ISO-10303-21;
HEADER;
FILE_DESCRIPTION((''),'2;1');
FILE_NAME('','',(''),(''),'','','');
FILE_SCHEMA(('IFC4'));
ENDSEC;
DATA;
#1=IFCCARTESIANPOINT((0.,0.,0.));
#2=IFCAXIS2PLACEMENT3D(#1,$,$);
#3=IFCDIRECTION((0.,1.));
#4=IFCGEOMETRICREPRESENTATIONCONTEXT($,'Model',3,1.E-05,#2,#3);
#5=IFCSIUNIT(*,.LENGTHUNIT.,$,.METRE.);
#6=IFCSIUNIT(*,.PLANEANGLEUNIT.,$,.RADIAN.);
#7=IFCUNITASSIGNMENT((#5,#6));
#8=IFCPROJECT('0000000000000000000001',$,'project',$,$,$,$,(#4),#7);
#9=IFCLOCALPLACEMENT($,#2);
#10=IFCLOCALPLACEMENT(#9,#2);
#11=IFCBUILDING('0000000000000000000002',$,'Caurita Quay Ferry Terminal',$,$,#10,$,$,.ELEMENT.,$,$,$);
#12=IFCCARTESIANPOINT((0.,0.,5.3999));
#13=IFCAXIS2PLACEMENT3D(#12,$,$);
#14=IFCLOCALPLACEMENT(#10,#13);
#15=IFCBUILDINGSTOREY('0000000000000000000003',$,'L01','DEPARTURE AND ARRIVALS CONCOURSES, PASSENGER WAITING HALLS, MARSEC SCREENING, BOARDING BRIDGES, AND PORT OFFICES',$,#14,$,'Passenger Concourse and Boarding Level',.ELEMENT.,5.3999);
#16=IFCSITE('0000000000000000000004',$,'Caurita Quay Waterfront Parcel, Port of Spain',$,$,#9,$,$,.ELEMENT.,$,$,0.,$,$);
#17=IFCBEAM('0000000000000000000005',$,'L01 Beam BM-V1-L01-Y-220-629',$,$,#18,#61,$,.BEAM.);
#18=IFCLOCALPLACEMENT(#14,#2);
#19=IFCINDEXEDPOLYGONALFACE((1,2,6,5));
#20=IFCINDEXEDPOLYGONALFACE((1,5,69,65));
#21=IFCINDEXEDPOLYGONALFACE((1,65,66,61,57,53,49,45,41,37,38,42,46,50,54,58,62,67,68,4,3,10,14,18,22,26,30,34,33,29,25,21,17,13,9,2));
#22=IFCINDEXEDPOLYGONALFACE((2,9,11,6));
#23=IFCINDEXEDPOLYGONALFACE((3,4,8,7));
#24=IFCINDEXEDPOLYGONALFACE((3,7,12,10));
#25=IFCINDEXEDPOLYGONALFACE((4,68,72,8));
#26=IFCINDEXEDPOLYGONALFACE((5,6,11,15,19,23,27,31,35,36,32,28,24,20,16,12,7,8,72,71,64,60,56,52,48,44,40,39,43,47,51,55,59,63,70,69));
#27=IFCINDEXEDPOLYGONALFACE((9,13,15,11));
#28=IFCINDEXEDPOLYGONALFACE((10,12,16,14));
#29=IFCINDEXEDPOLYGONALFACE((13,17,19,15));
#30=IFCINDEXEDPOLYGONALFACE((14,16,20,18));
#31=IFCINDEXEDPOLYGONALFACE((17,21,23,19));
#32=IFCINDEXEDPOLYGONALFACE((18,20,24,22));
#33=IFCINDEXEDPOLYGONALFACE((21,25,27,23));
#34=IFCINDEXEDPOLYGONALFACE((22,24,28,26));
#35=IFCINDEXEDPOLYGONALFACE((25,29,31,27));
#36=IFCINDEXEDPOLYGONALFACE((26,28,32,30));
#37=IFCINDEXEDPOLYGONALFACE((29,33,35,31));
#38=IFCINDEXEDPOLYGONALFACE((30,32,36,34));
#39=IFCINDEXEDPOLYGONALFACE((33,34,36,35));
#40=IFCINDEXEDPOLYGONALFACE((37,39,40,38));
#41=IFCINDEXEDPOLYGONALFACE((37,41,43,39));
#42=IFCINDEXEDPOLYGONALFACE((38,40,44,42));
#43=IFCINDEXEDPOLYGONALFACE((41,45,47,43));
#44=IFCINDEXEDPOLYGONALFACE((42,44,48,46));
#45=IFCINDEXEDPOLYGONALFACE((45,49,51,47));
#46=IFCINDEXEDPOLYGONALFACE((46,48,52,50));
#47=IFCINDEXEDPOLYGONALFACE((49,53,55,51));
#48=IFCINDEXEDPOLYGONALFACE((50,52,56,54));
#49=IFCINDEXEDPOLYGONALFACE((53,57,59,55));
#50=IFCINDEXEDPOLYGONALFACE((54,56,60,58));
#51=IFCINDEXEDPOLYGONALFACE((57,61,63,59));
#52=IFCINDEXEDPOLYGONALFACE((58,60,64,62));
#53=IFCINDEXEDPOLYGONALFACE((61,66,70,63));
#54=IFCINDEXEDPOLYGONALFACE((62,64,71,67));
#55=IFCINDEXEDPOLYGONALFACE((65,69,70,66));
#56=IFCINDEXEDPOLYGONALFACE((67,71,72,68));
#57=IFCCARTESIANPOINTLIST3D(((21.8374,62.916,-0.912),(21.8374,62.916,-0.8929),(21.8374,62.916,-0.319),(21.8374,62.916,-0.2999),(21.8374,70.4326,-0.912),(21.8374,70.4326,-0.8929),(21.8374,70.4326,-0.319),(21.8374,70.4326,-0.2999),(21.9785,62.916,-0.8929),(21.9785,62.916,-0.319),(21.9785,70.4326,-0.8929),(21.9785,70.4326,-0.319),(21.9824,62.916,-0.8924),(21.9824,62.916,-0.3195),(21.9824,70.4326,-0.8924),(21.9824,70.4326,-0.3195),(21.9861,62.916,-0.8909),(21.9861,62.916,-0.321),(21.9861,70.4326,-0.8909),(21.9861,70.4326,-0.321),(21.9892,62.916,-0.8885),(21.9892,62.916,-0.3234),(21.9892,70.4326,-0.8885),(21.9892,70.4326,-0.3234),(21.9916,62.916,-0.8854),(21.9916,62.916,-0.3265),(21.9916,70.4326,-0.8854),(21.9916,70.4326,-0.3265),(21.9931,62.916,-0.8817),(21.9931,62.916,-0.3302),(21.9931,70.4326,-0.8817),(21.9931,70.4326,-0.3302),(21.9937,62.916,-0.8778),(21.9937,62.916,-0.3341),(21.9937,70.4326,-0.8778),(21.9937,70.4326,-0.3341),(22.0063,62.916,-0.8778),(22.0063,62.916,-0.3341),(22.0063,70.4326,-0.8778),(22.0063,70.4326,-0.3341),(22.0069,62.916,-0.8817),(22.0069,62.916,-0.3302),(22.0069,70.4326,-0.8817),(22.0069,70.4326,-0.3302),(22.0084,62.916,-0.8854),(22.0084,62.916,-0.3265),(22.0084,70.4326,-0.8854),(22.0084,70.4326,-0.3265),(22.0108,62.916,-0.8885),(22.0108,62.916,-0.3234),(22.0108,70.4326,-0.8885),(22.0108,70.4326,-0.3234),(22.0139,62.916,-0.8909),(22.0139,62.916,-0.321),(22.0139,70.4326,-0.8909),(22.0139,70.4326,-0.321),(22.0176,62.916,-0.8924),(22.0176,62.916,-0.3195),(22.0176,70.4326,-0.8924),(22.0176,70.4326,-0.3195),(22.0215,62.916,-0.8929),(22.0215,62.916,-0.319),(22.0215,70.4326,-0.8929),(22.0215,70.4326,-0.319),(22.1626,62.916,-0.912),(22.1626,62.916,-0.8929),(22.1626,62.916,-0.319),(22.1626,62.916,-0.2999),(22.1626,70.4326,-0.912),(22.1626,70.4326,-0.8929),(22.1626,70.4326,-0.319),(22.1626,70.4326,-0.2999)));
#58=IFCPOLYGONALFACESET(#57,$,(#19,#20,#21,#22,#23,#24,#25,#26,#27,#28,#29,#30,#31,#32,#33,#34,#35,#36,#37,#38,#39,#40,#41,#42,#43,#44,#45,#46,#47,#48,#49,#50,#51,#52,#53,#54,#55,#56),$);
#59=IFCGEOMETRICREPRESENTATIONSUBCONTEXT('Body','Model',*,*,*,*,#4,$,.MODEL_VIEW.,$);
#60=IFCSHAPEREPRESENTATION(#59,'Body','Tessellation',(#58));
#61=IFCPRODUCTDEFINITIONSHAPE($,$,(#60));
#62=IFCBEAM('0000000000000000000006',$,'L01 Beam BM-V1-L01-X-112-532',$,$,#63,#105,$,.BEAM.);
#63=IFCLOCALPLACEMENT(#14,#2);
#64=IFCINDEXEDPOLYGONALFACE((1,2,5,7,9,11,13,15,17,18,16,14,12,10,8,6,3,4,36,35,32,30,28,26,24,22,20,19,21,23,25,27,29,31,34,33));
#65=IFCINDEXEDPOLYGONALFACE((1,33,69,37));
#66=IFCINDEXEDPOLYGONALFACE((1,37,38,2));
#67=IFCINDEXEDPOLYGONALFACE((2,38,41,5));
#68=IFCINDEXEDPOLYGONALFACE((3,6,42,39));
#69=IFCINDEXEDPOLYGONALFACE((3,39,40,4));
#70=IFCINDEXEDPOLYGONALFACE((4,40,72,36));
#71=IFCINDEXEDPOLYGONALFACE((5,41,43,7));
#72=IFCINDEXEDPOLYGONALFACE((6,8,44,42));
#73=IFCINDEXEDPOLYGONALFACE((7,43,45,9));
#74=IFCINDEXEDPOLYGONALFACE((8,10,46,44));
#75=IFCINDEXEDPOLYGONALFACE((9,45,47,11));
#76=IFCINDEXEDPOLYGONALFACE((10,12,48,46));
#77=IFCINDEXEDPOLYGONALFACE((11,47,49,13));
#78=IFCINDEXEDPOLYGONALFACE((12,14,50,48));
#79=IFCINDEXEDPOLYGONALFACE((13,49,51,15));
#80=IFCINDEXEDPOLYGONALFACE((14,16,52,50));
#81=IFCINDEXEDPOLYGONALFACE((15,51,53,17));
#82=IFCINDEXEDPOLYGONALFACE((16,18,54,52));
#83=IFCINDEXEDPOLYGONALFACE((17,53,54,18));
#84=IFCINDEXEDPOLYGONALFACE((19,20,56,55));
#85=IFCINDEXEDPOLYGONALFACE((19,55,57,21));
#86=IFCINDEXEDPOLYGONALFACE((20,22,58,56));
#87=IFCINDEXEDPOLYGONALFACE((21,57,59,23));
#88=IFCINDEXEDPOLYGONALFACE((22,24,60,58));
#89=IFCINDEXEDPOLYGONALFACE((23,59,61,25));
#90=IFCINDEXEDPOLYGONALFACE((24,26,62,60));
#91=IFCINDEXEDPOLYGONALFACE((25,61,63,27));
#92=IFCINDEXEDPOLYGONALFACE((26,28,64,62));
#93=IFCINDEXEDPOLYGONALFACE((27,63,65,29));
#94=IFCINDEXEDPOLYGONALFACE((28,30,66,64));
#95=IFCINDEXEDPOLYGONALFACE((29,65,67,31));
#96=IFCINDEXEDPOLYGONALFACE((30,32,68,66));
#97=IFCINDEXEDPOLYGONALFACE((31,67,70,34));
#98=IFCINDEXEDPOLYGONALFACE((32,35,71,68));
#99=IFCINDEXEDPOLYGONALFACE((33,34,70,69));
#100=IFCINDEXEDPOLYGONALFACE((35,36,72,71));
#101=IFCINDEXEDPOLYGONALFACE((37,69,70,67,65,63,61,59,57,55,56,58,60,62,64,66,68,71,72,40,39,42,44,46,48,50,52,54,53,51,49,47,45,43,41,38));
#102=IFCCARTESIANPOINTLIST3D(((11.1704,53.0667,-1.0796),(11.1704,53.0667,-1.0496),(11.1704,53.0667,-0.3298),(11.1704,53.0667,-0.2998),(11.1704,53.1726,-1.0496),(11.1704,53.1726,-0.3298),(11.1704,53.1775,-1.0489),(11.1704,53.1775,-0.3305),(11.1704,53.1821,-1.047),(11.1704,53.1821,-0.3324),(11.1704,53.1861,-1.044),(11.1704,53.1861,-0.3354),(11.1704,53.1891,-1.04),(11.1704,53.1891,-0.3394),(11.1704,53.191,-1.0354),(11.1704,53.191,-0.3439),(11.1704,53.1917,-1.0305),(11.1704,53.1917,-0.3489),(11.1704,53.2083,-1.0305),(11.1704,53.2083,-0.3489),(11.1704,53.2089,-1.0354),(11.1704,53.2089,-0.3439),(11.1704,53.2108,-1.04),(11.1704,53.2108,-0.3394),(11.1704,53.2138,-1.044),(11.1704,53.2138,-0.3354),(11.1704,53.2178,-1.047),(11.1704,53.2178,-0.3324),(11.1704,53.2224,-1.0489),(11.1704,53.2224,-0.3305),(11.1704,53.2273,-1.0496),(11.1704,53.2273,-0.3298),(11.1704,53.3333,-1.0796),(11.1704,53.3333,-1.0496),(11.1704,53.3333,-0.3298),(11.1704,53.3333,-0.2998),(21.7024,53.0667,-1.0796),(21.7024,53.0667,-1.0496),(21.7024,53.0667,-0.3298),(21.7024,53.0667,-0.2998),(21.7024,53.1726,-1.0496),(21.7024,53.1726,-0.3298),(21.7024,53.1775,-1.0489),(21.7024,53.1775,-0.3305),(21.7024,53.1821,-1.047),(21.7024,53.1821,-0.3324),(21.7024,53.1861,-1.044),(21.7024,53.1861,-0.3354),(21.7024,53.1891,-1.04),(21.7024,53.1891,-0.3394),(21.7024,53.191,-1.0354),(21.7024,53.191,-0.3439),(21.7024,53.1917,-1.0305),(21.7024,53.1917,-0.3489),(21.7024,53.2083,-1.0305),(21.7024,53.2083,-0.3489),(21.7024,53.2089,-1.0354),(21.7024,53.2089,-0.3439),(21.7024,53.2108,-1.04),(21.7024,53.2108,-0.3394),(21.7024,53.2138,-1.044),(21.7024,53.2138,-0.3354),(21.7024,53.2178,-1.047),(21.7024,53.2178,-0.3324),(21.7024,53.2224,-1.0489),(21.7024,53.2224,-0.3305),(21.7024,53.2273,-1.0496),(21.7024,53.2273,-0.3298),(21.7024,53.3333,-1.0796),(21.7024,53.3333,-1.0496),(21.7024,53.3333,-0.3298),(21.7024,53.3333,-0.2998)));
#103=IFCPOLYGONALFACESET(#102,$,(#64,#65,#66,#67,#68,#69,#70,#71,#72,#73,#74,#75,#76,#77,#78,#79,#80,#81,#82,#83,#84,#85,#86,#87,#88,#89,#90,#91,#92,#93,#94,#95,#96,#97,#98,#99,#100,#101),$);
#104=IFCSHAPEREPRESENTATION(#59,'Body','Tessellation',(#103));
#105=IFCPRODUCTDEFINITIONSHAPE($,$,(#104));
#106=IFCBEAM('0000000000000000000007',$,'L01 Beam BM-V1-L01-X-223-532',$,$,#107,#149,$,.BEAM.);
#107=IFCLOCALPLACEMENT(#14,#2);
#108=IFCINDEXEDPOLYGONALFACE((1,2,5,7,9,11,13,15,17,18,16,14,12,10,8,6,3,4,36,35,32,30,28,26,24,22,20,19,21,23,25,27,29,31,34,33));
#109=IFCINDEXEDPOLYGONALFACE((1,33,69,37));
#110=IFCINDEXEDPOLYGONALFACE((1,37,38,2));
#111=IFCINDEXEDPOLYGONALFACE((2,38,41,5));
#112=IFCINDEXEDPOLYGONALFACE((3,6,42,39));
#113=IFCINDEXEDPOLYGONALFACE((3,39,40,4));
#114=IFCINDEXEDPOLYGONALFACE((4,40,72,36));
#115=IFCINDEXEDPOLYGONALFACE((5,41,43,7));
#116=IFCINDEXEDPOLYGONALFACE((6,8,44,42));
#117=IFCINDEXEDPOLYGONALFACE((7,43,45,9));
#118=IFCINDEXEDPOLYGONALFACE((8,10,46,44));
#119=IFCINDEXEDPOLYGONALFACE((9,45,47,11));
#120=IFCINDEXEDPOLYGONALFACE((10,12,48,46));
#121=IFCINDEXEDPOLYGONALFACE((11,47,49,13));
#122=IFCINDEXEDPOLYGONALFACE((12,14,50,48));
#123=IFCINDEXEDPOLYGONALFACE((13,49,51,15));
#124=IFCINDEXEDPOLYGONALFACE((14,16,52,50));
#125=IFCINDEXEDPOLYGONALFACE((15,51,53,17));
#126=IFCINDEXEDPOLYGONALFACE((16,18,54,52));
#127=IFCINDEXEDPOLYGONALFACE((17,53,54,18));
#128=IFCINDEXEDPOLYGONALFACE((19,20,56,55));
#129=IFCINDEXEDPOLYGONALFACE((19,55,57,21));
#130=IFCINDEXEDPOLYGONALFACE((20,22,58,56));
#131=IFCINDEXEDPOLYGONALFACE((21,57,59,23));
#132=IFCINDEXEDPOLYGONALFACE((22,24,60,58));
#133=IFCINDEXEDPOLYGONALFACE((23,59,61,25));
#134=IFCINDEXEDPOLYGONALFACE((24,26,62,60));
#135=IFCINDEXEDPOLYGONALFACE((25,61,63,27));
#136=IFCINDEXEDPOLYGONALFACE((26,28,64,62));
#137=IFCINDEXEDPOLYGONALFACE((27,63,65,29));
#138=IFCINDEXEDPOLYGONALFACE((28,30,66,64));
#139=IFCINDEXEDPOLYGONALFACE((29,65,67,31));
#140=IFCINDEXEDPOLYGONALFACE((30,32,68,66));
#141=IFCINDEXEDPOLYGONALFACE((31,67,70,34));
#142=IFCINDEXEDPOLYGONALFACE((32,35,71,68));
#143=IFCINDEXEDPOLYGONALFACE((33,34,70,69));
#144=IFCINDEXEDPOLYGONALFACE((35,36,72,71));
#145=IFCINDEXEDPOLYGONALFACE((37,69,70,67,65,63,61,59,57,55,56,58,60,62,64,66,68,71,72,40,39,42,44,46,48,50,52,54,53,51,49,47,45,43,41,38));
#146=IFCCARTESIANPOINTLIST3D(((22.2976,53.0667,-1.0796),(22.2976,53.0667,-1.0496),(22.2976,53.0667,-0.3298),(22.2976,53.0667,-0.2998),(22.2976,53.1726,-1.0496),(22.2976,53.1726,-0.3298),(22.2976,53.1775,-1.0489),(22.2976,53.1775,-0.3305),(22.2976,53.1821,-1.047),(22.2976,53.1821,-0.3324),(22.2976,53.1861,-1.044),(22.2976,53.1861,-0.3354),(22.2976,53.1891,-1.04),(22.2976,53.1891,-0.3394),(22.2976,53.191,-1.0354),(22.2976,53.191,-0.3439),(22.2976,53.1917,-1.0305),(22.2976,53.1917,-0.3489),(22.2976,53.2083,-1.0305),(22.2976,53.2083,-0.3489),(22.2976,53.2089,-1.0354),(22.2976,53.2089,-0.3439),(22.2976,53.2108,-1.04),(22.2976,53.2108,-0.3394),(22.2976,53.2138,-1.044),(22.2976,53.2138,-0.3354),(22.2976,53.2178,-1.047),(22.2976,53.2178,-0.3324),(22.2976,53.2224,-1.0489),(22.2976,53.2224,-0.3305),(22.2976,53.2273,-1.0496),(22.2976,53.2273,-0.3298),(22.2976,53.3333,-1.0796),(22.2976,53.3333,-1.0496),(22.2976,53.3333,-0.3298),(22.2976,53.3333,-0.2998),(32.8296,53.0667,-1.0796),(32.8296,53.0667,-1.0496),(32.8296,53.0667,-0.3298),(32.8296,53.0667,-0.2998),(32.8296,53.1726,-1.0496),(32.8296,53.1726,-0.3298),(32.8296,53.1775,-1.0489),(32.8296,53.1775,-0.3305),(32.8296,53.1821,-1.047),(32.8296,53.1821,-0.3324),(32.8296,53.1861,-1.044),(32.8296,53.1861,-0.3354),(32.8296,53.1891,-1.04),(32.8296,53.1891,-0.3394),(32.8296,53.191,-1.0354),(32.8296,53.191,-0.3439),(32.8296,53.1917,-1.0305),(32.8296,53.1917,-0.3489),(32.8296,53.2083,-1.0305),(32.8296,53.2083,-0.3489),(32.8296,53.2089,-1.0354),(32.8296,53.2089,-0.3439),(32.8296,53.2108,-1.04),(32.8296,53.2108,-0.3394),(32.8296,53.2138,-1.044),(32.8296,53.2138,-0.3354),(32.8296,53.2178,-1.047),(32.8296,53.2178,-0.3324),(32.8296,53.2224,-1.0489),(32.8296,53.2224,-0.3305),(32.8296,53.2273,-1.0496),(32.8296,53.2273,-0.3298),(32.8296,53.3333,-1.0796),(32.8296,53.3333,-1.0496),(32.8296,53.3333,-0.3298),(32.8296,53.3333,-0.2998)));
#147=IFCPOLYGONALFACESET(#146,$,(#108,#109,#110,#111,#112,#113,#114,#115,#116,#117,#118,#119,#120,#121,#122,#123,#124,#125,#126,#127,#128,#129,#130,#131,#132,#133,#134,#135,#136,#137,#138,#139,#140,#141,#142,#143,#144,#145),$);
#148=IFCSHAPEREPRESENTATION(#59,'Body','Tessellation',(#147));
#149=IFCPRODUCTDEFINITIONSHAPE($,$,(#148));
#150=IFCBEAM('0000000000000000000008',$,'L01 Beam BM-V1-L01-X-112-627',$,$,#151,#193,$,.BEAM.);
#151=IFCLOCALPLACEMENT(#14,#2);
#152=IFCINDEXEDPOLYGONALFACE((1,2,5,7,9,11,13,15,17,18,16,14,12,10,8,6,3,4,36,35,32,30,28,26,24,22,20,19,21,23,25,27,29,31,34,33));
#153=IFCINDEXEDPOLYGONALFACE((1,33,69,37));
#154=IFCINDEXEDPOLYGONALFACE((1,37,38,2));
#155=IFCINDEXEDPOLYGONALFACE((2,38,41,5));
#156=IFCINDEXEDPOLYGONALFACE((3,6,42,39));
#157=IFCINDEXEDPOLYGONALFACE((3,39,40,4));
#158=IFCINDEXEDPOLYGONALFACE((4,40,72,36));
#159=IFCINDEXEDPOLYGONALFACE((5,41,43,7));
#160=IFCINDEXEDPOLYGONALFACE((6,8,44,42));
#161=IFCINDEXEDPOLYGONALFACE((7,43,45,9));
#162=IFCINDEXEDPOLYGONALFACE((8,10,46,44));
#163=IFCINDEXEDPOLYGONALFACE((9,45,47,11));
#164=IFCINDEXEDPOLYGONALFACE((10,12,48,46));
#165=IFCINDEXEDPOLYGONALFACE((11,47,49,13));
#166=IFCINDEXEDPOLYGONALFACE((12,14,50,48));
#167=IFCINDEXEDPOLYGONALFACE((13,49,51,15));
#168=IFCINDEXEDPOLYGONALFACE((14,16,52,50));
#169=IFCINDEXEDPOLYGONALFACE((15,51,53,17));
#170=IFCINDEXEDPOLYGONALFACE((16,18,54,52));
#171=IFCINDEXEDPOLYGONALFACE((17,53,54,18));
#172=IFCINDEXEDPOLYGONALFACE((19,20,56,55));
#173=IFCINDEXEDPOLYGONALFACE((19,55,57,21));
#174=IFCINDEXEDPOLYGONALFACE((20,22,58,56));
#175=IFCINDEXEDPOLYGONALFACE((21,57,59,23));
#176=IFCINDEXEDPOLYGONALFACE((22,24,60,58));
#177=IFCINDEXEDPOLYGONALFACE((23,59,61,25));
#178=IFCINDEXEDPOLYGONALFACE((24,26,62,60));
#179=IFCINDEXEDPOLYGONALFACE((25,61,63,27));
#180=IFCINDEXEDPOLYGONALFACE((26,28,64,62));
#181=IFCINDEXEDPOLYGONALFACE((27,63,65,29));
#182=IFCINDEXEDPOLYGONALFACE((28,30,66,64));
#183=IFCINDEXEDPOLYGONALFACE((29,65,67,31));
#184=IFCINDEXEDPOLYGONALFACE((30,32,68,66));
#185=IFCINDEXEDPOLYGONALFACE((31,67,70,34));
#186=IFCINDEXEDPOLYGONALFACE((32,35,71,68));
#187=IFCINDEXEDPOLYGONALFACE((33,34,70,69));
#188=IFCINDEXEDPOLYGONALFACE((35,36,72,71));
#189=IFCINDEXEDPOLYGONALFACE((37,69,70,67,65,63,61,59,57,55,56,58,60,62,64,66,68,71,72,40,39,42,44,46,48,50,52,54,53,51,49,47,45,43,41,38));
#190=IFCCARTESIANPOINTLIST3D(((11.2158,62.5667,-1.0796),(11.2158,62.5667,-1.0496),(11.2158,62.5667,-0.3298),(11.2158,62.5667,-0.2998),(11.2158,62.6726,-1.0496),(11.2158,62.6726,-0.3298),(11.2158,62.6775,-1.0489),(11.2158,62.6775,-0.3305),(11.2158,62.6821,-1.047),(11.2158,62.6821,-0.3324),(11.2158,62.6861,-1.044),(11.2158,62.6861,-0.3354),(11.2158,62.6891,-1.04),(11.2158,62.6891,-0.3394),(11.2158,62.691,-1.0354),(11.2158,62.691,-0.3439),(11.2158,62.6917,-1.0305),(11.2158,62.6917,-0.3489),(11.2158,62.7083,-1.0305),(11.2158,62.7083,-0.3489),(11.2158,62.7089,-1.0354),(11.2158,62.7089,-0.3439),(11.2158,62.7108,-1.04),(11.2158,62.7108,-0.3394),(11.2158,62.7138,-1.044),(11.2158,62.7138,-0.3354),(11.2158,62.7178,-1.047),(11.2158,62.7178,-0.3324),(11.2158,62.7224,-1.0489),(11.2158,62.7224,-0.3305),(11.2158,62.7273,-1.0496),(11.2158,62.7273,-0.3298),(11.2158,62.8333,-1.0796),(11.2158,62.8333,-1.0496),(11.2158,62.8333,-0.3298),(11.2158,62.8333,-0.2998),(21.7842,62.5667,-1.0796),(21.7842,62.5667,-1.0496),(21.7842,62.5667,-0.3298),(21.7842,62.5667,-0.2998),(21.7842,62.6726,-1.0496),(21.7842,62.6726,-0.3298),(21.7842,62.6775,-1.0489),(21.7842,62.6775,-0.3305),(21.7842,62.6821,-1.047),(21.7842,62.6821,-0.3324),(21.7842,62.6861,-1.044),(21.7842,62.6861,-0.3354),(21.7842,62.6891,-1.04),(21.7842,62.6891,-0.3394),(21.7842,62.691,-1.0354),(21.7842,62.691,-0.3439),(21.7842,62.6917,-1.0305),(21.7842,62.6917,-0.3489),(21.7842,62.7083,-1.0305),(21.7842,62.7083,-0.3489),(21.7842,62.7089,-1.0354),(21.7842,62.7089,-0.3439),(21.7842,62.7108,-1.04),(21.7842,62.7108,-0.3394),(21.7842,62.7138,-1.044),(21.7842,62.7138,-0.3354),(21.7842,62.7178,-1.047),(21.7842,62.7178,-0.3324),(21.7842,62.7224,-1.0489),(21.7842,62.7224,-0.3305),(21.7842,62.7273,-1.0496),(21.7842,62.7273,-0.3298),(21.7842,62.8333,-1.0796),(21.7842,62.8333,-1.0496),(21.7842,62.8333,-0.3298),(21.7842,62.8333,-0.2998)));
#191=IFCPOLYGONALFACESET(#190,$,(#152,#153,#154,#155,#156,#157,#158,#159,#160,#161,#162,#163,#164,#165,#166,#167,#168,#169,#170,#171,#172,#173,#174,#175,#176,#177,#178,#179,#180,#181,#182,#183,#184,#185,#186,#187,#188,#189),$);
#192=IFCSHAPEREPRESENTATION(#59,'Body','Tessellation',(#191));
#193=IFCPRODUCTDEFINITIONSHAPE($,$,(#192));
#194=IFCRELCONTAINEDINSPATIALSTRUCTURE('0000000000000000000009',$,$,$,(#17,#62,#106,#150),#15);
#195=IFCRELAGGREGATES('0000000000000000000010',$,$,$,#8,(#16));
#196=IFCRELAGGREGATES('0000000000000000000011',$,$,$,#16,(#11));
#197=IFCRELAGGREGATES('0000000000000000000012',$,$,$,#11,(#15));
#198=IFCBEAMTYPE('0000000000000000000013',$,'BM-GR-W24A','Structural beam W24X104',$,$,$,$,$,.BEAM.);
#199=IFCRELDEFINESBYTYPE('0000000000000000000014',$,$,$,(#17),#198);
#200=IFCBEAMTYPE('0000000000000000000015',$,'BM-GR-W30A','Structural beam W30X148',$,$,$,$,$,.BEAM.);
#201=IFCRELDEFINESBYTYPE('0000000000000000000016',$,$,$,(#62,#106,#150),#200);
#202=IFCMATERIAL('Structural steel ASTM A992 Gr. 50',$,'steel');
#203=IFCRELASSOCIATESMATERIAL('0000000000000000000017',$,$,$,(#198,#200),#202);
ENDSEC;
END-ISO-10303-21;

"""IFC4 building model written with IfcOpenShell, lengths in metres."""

from ifc_helpers import new_model, si_unit, direction, frame, origin, origin_2d, place, context, subcontext, project, spatial, i_section, extrude, material, material_profile, profile_set, type_object, element, save


model = new_model("IFC4")

# Units and contexts
model_context = context("Model", 3, precision=1e-05, world=origin(), true_north=direction((0.0, 1.0)))
body_context = subcontext(model_context, "Body", "Model", "MODEL_VIEW")
ifc_project = project(units=[si_unit("LENGTHUNIT", "METRE"), si_unit("PLANEANGLEUNIT", "RADIAN")], contexts=[model_context])

# Site, building, storey
site_placement = place(None, origin())
site = spatial("IfcSite", under=ifc_project, at=site_placement, Name="Caurita Quay Waterfront Parcel, Port of Spain", CompositionType="ELEMENT", RefElevation=0.0)
building_placement = place(site_placement, origin())
building = spatial("IfcBuilding", under=site, at=building_placement, Name="Caurita Quay Ferry Terminal", CompositionType="ELEMENT")
storey_placement = place(building_placement, frame((0.0, 0.0, 5.3999)))
storey = spatial("IfcBuildingStorey", under=building, at=storey_placement, Name="L01", Description="DEPARTURE AND ARRIVALS CONCOURSES, PASSENGER WAITING HALLS, MARSEC SCREENING, BOARDING BRIDGES, AND PORT OFFICES", LongName="Passenger Concourse and Boarding Level", CompositionType="ELEMENT", Elevation=5.3999)

# Beams
ifc_material_1 = material(Name="Structural steel ASTM A992 Gr. 50", Category="steel")
ifc_material_profile_1 = material_profile(ifc_material_1, i_section(OverallWidth=0.3252, OverallDepth=0.6121, WebThickness=0.0127, FlangeThickness=0.019, FilletRadius=0.0151, at=origin_2d()), Name="W24X104")
ifc_profile_set_1 = profile_set([ifc_material_profile_1], Name="Structural steel ASTM A992 Gr. 50")
beam_type_1 = type_object("IfcBeamType", Name="BM-GR-W24A", Description="Structural beam W24X104", PredefinedType="BEAM", material=ifc_profile_set_1)
beam_1_placement = place(storey_placement, frame((22.0, 62.916, -0.606), z_axis=(0.0, 1.0, 0.0), x_axis=(-1.0, 0.0, 0.0)))
element("IfcBeam", 1, at=beam_1_placement, inside=storey, type_object=beam_type_1, Name="L01 Beam BM-V1-L01-Y-220-629", PredefinedType="BEAM", context=body_context, shape_type="SweptSolid", body=[
    extrude(i_section(OverallWidth=0.3252, OverallDepth=0.6121, WebThickness=0.0127, FlangeThickness=0.019, FilletRadius=0.0151, at=origin_2d()), origin(), (0.0, 0.0, 1.0), 7.5166),
])
ifc_material_profile_2 = material_profile(ifc_material_1, i_section(OverallWidth=0.2666, OverallDepth=0.7798, WebThickness=0.0166, FlangeThickness=0.03, FilletRadius=0.019, at=origin_2d()), Name="W30X148")
ifc_profile_set_2 = profile_set([ifc_material_profile_2], Name="Structural steel ASTM A992 Gr. 50")
beam_type_2 = type_object("IfcBeamType", Name="BM-GR-W30A", Description="Structural beam W30X148", PredefinedType="BEAM", material=ifc_profile_set_2)
for number, where, z_axis, x_axis, name in (
    (2, (11.1704, 53.2, -0.6897), (1.0, 0.0, 0.0), (0.0, 1.0, 0.0), "L01 Beam BM-V1-L01-X-112-532"),
    (3, (22.2976, 53.2, -0.6897), (1.0, 0.0, 0.0), (0.0, 1.0, 0.0), "L01 Beam BM-V1-L01-X-223-532"),
):
    element("IfcBeam", number, at=place(storey_placement, frame(where, z_axis=z_axis, x_axis=x_axis)), inside=storey, type_object=beam_type_2, Name=name, PredefinedType="BEAM", context=body_context, shape_type="SweptSolid", body=[
        extrude(i_section(OverallWidth=0.2666, OverallDepth=0.7798, WebThickness=0.0166, FlangeThickness=0.03, FilletRadius=0.019, at=origin_2d()), origin(), (0.0, 0.0, 1.0), 10.532),
    ])
for number, where, z_axis, x_axis, name in (
    (4, (11.2158, 62.7, -0.6897), (1.0, 0.0, 0.0), (0.0, 1.0, 0.0), "L01 Beam BM-V1-L01-X-112-627"),
):
    element("IfcBeam", number, at=place(storey_placement, frame(where, z_axis=z_axis, x_axis=x_axis)), inside=storey, type_object=beam_type_2, Name=name, PredefinedType="BEAM", context=body_context, shape_type="SweptSolid", body=[
        extrude(i_section(OverallWidth=0.2666, OverallDepth=0.7798, WebThickness=0.0166, FlangeThickness=0.03, FilletRadius=0.019, at=origin_2d()), origin(), (0.0, 0.0, 1.0), 10.5684),
    ])

save(model, "model.ifc")
